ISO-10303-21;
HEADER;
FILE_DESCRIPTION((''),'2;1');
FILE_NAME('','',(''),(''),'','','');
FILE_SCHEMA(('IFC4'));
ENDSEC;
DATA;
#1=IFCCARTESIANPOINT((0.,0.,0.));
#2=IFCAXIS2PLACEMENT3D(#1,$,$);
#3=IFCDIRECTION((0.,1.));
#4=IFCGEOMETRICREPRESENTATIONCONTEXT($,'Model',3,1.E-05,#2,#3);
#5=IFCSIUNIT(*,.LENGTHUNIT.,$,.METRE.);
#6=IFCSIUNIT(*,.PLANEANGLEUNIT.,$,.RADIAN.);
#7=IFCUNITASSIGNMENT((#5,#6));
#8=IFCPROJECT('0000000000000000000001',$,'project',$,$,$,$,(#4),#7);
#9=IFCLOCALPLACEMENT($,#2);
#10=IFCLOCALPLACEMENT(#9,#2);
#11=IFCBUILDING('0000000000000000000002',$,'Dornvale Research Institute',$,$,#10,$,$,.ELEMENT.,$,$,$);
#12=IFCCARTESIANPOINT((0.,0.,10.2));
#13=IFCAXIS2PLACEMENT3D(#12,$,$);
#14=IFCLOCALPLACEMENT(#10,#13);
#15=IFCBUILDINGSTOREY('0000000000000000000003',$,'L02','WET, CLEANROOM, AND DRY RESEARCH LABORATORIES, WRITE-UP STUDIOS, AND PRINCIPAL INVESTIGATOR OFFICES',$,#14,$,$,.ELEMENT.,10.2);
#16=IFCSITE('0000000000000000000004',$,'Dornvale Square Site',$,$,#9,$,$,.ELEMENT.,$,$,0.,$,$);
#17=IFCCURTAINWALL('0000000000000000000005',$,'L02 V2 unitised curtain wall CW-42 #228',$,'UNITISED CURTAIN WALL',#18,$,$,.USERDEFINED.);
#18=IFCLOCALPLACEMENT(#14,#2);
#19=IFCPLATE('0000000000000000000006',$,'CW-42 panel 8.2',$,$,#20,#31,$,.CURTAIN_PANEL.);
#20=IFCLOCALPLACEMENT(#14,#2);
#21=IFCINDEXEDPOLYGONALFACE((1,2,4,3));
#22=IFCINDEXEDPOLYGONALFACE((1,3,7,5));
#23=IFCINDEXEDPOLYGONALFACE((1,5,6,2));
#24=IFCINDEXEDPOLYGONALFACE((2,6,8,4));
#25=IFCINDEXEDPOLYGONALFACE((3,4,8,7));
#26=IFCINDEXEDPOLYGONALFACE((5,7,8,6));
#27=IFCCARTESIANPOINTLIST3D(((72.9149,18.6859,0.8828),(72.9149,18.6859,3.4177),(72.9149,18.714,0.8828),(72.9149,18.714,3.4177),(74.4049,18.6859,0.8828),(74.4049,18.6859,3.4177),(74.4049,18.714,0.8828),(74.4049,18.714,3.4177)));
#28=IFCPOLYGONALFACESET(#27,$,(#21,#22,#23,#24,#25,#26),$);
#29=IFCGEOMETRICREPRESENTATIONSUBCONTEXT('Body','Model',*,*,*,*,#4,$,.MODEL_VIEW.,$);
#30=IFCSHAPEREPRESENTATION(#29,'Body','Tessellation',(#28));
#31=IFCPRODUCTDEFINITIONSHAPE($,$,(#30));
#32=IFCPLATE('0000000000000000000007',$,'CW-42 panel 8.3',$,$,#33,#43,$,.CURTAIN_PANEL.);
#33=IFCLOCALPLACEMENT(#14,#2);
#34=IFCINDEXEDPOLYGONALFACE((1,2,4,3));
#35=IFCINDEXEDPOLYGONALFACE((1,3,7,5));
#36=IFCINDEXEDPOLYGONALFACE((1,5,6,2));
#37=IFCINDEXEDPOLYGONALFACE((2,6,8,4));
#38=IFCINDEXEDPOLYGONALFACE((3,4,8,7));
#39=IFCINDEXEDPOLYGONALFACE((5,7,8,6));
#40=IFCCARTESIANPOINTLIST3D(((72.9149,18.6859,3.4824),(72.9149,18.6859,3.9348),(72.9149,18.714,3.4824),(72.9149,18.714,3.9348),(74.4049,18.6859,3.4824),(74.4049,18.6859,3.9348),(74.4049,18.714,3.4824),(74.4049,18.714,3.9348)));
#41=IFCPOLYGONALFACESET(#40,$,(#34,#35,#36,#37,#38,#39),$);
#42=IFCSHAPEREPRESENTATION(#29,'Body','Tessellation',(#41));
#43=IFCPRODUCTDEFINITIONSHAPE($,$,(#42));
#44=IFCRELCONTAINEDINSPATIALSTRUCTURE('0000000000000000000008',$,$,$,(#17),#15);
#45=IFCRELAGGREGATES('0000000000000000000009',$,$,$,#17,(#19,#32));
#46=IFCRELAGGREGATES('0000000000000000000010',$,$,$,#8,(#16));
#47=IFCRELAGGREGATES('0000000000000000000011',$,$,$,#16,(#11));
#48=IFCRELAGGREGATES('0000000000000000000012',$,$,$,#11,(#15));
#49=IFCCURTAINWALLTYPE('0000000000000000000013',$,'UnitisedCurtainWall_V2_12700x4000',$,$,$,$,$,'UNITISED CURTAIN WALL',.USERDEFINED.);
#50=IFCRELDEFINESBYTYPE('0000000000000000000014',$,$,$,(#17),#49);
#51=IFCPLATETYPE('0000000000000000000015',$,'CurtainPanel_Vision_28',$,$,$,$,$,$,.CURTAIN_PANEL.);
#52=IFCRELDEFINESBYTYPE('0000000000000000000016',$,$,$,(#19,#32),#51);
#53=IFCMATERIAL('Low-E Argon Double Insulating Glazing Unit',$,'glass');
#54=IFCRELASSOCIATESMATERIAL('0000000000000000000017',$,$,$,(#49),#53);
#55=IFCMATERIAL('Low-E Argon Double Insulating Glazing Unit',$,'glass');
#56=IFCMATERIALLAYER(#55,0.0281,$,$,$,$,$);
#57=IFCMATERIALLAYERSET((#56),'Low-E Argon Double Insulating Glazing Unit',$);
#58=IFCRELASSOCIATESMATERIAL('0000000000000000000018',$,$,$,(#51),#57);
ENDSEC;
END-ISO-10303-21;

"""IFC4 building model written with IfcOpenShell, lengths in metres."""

from ifc_helpers import new_model, si_unit, direction, frame, origin, origin_2d, place, context, subcontext, project, spatial, rectangle, extrude, material, layer, layer_set, type_object, element, aggregate, save


model = new_model("IFC4")

# Units and contexts
model_context = context("Model", 3, precision=1e-05, world=origin(), true_north=direction((0.0, 1.0)))
body_context = subcontext(model_context, "Body", "Model", "MODEL_VIEW")
ifc_project = project(units=[si_unit("LENGTHUNIT", "METRE"), si_unit("PLANEANGLEUNIT", "RADIAN")], contexts=[model_context])

# Site, building, storey
site_placement = place(None, origin())
site = spatial("IfcSite", under=ifc_project, at=site_placement, Name="Dornvale Square Site", CompositionType="ELEMENT", RefElevation=0.0)
building_placement = place(site_placement, origin())
building = spatial("IfcBuilding", under=site, at=building_placement, Name="Dornvale Research Institute", CompositionType="ELEMENT")
storey_placement = place(building_placement, frame((0.0, 0.0, 10.2)))
storey = spatial("IfcBuildingStorey", under=building, at=storey_placement, Name="L02", Description="WET, CLEANROOM, AND DRY RESEARCH LABORATORIES, WRITE-UP STUDIOS, AND PRINCIPAL INVESTIGATOR OFFICES", CompositionType="ELEMENT", Elevation=10.2)

# Curtain wall
ifc_material_1 = material(Name="Low-E Argon Double Insulating Glazing Unit", Category="glass")
curtain_wall_type = type_object("IfcCurtainWallType", Name="UnitisedCurtainWall_V2_12700x4000", ElementType="UNITISED CURTAIN WALL", PredefinedType="USERDEFINED", material=ifc_material_1)
curtain_wall_1_placement = place(storey_placement, origin())
curtain_wall_1 = element("IfcCurtainWall", 1, at=curtain_wall_1_placement, inside=storey, type_object=curtain_wall_type, Name="L02 V2 unitised curtain wall CW-42 #228", ObjectType="UNITISED CURTAIN WALL", PredefinedType="USERDEFINED")

# Plates
ifc_material_2 = material(Name="Low-E Argon Double Insulating Glazing Unit", Category="glass")
ifc_layer_1 = layer(ifc_material_2, 0.0281)
ifc_layer_set_1 = layer_set([ifc_layer_1], Name="Low-E Argon Double Insulating Glazing Unit")
plate_type_1 = type_object("IfcPlateType", Name="CurtainPanel_Vision_28", PredefinedType="CURTAIN_PANEL", material=ifc_layer_set_1)
plate_1_placement = place(storey_placement, frame((73.6599, 18.7, 0.8828), z_axis=(0.0, 0.0, 1.0), x_axis=(-1.0, 0.0, 0.0)))
plate_1 = element("IfcPlate", 2, at=plate_1_placement, type_object=plate_type_1, Name="CW-42 panel 8.2", PredefinedType="CURTAIN_PANEL", context=body_context, shape_type="SweptSolid", body=[
    extrude(rectangle(XDim=1.49, YDim=0.0281, at=origin_2d()), origin(), (0.0, 0.0, 1.0), 2.5349),
])
plate_2_placement = place(storey_placement, frame((73.6599, 18.7, 3.4824), z_axis=(0.0, 0.0, 1.0), x_axis=(-1.0, 0.0, 0.0)))
plate_2 = element("IfcPlate", 3, at=plate_2_placement, type_object=plate_type_1, Name="CW-42 panel 8.3", PredefinedType="CURTAIN_PANEL", context=body_context, shape_type="SweptSolid", body=[
    extrude(rectangle(XDim=1.49, YDim=0.0281, at=origin_2d()), origin(), (0.0, 0.0, 1.0), 0.4524),
])
aggregate(curtain_wall_1, [plate_1, plate_2])

save(model, "model.ifc")
